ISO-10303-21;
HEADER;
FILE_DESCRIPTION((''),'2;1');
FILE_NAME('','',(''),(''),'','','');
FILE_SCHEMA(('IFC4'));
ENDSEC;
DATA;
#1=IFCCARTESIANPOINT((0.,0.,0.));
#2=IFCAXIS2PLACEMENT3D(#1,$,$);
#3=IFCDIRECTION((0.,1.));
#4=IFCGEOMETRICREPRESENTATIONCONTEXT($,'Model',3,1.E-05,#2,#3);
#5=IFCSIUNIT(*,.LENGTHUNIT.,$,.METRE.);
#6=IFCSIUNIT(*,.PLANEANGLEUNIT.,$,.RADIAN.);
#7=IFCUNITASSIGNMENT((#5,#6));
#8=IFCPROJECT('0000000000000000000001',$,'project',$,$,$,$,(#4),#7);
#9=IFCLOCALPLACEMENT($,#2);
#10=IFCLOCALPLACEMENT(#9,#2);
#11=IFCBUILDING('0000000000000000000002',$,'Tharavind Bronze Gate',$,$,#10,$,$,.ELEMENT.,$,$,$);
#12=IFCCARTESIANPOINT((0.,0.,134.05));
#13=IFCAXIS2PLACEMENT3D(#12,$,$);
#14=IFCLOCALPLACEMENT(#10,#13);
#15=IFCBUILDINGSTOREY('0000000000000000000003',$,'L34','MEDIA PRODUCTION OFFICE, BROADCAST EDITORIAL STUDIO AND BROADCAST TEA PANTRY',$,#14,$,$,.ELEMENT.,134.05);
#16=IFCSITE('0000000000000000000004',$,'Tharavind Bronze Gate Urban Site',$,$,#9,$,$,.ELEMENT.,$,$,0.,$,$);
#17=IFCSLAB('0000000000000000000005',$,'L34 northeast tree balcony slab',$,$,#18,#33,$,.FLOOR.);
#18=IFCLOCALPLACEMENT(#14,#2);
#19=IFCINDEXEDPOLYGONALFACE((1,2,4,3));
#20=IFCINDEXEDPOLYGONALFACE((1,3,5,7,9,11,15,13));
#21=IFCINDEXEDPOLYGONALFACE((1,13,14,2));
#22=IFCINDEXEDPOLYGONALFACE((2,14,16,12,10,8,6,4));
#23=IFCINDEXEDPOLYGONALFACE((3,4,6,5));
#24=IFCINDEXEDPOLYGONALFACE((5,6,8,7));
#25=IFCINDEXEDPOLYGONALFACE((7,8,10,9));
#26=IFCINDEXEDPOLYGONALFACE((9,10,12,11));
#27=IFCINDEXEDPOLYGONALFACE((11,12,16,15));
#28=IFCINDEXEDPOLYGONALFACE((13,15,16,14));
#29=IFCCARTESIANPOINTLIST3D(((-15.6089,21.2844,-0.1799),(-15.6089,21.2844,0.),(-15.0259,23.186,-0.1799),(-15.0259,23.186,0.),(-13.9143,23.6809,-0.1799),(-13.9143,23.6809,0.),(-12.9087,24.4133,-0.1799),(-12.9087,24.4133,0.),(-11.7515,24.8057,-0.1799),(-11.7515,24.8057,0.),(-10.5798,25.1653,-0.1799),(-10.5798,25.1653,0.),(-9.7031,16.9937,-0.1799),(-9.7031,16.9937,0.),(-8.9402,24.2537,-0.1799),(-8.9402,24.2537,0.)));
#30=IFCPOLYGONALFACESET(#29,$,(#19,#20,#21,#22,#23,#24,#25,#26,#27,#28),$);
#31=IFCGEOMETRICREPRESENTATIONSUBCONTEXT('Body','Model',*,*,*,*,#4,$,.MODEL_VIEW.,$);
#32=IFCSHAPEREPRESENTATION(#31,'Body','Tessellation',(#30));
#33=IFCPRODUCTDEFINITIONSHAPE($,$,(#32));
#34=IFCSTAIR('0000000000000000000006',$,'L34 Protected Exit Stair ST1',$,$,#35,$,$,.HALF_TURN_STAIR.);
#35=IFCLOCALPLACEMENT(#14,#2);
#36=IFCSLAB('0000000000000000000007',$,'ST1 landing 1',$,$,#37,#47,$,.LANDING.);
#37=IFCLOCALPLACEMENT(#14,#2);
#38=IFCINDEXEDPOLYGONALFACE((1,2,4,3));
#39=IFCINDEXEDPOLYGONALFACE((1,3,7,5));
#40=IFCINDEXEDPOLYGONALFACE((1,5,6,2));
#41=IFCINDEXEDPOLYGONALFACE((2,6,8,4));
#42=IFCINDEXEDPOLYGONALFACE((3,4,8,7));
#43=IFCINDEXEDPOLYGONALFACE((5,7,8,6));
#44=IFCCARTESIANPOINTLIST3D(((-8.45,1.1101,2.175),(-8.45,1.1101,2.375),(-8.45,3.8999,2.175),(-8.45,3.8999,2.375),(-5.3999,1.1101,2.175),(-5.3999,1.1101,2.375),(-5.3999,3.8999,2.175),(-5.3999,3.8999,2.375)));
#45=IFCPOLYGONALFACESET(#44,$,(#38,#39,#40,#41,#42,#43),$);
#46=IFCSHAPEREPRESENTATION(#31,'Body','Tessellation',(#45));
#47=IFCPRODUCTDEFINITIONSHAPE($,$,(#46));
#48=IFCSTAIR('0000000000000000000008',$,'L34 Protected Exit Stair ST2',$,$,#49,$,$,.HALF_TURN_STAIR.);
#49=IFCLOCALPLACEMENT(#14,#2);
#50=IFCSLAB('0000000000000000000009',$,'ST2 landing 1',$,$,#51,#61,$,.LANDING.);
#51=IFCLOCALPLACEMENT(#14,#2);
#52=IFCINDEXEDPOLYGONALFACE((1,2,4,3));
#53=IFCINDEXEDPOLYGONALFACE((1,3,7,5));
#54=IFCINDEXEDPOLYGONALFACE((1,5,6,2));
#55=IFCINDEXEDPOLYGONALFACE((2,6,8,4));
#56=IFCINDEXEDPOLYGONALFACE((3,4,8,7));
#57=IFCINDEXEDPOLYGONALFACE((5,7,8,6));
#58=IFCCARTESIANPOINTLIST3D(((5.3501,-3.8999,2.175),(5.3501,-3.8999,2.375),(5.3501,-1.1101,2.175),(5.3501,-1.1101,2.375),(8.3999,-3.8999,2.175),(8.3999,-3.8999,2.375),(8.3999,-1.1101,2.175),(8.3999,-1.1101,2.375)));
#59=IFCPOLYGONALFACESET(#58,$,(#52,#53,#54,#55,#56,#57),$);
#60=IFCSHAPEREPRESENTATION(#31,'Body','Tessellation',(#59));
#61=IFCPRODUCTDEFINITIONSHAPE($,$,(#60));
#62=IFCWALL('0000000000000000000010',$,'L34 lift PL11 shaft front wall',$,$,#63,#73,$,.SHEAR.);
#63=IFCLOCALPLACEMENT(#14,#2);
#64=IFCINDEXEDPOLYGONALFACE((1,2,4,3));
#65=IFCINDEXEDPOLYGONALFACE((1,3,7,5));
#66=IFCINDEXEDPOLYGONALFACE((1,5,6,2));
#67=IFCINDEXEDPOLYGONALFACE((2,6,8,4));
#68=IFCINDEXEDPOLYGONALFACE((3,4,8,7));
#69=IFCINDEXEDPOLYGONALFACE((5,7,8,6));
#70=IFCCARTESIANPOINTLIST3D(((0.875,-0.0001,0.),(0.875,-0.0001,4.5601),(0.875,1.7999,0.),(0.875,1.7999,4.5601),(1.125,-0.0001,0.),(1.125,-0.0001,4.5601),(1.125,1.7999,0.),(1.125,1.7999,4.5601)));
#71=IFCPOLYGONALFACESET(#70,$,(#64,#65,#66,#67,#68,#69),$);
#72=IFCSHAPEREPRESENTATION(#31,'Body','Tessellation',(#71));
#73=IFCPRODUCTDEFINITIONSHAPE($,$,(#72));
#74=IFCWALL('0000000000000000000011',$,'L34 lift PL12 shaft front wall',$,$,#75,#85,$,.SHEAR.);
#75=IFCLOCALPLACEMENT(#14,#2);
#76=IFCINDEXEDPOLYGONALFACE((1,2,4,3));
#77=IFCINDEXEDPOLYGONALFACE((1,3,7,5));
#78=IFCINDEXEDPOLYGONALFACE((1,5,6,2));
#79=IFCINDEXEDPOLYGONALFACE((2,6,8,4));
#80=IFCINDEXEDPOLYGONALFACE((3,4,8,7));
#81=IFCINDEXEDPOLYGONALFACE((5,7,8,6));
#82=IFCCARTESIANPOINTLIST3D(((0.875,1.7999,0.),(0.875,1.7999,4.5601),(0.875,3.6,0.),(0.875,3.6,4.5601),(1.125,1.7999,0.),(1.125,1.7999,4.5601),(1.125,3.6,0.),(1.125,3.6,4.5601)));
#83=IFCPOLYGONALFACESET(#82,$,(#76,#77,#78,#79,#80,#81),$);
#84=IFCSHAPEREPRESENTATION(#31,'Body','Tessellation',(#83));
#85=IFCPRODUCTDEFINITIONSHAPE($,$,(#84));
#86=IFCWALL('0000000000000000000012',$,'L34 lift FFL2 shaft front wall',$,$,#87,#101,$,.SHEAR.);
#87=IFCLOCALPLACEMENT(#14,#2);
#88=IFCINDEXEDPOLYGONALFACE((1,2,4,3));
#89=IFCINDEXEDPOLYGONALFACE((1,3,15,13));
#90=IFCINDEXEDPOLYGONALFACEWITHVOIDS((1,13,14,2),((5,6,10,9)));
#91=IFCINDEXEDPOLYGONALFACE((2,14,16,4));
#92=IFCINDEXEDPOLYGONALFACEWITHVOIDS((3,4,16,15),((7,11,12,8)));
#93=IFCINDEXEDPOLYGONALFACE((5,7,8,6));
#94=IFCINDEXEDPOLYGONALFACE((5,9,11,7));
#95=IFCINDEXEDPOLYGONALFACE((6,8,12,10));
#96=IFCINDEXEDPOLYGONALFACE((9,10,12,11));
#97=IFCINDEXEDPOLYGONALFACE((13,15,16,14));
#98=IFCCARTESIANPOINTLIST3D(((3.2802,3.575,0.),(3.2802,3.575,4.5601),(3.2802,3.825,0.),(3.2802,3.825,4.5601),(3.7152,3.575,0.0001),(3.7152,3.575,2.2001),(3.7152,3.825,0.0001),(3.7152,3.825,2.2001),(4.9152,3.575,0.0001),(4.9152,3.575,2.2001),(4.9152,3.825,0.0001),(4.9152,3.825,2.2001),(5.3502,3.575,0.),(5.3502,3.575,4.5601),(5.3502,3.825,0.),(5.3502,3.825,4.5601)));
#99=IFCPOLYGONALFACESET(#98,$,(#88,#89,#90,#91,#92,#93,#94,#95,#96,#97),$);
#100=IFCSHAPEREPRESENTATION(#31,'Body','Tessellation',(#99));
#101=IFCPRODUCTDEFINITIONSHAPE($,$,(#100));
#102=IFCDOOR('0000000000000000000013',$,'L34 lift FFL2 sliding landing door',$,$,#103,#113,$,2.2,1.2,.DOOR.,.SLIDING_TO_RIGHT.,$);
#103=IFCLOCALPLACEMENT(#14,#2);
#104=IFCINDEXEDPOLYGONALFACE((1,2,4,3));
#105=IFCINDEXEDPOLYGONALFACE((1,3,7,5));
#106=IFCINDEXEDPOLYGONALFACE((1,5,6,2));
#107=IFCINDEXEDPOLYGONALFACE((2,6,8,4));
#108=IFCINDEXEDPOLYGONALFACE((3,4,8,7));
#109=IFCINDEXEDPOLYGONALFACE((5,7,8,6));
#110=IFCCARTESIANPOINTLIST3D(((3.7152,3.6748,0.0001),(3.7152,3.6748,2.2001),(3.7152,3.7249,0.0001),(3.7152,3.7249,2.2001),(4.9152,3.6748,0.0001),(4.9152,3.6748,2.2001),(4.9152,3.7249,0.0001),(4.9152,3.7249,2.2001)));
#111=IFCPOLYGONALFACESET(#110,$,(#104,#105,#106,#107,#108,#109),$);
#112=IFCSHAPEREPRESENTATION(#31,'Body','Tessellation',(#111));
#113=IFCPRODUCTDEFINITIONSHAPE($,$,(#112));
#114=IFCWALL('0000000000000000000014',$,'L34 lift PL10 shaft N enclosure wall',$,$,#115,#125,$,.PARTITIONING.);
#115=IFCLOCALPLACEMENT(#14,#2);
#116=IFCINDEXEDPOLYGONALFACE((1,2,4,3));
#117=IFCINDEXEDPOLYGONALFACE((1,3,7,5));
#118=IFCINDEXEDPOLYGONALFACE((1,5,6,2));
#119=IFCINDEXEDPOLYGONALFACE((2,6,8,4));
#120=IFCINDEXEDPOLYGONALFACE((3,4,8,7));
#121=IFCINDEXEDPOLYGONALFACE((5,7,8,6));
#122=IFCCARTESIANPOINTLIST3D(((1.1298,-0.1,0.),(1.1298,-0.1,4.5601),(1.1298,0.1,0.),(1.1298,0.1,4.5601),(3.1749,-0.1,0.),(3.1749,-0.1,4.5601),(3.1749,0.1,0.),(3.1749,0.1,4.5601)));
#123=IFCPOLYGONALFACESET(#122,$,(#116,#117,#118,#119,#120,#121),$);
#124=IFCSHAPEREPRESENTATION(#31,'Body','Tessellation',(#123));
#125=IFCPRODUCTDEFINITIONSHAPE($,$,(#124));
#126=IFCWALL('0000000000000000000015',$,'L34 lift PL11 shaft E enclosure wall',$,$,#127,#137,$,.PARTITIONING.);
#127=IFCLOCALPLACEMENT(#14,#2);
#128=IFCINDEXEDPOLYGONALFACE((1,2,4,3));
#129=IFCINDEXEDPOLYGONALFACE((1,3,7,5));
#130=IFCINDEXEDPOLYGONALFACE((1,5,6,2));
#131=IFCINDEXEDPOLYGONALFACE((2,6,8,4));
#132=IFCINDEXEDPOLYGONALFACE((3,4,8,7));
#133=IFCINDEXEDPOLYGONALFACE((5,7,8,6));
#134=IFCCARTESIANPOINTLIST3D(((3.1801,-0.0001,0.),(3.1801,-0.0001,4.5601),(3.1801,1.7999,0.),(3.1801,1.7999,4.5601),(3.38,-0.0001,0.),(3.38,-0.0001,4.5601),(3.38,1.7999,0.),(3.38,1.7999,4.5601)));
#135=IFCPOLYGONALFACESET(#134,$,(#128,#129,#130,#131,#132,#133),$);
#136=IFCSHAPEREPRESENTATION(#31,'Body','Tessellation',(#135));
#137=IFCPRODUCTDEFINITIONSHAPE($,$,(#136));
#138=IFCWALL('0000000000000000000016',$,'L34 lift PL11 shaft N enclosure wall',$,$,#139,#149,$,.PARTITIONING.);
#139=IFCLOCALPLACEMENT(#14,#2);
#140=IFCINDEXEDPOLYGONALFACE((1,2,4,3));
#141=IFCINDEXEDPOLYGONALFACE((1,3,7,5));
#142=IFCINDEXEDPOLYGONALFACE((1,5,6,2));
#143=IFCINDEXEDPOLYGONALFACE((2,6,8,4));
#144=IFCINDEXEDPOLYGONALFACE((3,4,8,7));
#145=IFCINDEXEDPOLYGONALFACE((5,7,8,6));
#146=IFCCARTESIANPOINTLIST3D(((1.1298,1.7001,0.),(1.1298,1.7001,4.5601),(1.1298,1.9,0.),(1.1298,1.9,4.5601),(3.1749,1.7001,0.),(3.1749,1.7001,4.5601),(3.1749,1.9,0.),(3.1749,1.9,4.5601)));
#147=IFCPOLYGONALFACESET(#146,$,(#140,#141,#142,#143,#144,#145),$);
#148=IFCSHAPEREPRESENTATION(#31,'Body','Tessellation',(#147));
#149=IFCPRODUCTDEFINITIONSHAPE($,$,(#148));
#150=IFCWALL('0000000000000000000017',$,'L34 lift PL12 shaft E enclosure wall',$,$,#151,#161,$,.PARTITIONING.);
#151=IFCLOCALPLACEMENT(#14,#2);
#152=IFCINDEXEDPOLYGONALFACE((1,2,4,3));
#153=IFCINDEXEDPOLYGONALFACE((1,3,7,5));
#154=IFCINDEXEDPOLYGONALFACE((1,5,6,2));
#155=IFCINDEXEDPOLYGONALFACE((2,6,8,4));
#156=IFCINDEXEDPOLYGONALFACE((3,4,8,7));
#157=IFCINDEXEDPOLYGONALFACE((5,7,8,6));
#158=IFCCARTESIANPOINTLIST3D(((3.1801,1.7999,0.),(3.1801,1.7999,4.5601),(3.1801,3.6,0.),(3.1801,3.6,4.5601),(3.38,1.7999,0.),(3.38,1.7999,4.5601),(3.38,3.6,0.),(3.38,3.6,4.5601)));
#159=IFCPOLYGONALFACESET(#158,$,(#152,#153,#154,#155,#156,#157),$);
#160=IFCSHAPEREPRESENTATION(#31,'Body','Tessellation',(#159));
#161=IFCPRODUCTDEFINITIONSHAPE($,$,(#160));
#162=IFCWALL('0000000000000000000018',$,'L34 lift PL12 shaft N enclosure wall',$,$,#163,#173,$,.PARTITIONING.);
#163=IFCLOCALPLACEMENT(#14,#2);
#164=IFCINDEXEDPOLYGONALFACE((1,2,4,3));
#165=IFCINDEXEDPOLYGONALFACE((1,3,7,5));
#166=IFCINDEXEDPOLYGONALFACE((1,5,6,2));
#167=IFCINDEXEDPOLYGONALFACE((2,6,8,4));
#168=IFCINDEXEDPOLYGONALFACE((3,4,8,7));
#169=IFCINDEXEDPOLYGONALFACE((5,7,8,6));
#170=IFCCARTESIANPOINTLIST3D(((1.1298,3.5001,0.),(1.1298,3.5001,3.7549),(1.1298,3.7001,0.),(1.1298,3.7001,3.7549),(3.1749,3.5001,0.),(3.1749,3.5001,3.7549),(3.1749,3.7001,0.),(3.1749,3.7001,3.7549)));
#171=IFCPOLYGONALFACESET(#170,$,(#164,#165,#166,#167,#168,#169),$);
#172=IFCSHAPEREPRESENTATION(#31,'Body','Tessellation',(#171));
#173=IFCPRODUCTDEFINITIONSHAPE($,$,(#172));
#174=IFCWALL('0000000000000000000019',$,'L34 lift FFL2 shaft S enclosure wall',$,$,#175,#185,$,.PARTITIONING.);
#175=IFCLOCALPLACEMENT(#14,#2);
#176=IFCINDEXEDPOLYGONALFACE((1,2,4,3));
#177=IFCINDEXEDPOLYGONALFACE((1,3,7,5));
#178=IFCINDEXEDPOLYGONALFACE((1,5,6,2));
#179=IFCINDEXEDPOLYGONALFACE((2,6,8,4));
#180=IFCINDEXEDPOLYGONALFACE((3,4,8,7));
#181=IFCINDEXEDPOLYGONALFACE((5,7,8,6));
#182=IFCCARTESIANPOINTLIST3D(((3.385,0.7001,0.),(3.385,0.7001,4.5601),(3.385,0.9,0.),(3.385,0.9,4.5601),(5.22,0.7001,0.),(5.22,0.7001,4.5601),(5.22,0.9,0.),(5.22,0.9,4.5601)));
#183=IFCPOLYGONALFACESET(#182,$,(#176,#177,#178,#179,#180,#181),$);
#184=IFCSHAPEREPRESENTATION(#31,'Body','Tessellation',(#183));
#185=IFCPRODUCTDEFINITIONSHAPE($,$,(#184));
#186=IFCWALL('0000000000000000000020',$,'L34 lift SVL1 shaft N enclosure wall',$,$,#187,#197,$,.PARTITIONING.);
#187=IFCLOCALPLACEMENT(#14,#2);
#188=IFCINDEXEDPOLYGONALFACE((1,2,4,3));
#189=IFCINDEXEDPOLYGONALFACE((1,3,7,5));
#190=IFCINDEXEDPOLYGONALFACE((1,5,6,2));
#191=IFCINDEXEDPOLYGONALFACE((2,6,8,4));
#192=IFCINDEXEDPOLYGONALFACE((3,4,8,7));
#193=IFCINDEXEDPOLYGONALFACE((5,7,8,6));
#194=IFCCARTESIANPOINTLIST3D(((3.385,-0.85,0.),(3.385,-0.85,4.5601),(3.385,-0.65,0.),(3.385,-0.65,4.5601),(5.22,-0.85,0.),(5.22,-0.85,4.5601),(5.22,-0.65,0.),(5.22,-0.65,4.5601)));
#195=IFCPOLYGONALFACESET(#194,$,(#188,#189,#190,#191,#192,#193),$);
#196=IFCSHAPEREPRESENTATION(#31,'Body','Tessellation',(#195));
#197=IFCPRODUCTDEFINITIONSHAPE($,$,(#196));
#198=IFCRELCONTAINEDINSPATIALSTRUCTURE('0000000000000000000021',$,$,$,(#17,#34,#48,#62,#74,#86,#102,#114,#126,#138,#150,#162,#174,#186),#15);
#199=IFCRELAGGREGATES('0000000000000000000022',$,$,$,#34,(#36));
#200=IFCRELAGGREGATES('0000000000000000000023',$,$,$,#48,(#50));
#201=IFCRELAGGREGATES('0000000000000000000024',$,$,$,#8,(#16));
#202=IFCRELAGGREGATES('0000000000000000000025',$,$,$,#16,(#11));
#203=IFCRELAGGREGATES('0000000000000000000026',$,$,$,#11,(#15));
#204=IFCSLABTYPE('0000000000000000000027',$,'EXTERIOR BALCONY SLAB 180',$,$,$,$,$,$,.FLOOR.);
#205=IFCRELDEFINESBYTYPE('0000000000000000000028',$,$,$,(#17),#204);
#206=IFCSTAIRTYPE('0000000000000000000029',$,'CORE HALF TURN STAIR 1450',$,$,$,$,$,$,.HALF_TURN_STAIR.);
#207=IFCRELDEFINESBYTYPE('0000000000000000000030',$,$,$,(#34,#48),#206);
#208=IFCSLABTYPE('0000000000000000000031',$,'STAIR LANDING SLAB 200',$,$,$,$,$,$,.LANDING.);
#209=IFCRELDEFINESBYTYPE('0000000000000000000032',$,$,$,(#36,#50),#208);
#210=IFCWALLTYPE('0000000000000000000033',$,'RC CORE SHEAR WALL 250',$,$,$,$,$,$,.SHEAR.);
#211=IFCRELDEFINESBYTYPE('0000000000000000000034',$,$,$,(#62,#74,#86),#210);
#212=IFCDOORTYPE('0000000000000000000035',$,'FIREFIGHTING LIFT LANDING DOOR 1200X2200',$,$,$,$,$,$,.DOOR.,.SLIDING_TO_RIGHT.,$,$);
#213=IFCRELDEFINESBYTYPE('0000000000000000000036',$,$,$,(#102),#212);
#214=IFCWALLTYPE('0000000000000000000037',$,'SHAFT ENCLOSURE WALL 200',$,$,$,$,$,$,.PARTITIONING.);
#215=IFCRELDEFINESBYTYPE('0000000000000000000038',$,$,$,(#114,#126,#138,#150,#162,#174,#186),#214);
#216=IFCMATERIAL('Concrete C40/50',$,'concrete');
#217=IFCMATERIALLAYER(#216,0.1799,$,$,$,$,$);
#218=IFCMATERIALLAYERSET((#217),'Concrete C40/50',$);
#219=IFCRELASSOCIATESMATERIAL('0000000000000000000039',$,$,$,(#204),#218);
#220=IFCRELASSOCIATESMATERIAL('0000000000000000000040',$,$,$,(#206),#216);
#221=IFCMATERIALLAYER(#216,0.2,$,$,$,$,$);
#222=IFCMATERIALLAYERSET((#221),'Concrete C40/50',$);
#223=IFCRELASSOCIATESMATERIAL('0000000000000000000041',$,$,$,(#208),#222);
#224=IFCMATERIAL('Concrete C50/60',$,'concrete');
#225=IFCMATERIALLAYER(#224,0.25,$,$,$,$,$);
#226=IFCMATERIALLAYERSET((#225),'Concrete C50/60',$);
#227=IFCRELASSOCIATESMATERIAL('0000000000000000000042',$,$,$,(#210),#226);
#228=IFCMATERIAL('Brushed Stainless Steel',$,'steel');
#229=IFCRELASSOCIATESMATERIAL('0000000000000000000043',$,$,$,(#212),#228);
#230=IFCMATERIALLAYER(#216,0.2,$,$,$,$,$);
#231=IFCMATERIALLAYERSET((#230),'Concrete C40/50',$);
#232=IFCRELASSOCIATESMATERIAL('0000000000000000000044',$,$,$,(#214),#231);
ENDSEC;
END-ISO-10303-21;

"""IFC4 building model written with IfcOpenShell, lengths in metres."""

from ifc_helpers import new_model, si_unit, direction, frame, frame_2d, origin, place, context, subcontext, project, spatial, polyline, rectangle, outline, extrude, material, layer, layer_set, type_object, element, fill, aggregate, save


model = new_model("IFC4")

# Units and contexts
model_context = context("Model", 3, precision=1e-05, world=origin(), true_north=direction((0.0, 1.0)))
body_context = subcontext(model_context, "Body", "Model", "MODEL_VIEW")
ifc_project = project(units=[si_unit("LENGTHUNIT", "METRE"), si_unit("PLANEANGLEUNIT", "RADIAN")], contexts=[model_context])

# Site, building, storey
site_placement = place(None, origin())
site = spatial("IfcSite", under=ifc_project, at=site_placement, Name="Tharavind Bronze Gate Urban Site", CompositionType="ELEMENT", RefElevation=0.0)
building_placement = place(site_placement, origin())
building = spatial("IfcBuilding", under=site, at=building_placement, Name="Tharavind Bronze Gate", CompositionType="ELEMENT")
storey_placement = place(building_placement, frame((0.0, 0.0, 134.05)))
storey = spatial("IfcBuildingStorey", under=building, at=storey_placement, Name="L34", Description="MEDIA PRODUCTION OFFICE, BROADCAST EDITORIAL STUDIO AND BROADCAST TEA PANTRY", CompositionType="ELEMENT", Elevation=134.05)

# Slab
ifc_material_1 = material(Name="Concrete C40/50", Category="concrete")
ifc_layer_1 = layer(ifc_material_1, 0.1799)
ifc_layer_set_1 = layer_set([ifc_layer_1], Name="Concrete C40/50")
slab_type_1 = type_object("IfcSlabType", Name="EXTERIOR BALCONY SLAB 180", PredefinedType="FLOOR", material=ifc_layer_set_1)
slab_1_placement = place(storey_placement, frame((0.0, 0.0, -0.1799)))
element("IfcSlab", 1, at=slab_1_placement, inside=storey, type_object=slab_type_1, Name="L34 northeast tree balcony slab", PredefinedType="FLOOR", context=body_context, shape_type="SweptSolid", body=[
    extrude(outline(polyline([(-10.5798, 25.1653), (-11.7515, 24.8057), (-12.9087, 24.4133), (-13.9143, 23.6809), (-15.0259, 23.186), (-15.6089, 21.2844), (-9.7031, 16.9937), (-8.9402, 24.2537), (-10.5798, 25.1653)])), origin(), (0.0, 0.0, 1.0), 0.1799),
])

# Stairs, slabs
stair_type = type_object("IfcStairType", Name="CORE HALF TURN STAIR 1450", PredefinedType="HALF_TURN_STAIR", material=ifc_material_1)
stair_1_placement = place(storey_placement, origin())
stair_1 = element("IfcStair", 2, at=stair_1_placement, inside=storey, type_object=stair_type, Name="L34 Protected Exit Stair ST1", PredefinedType="HALF_TURN_STAIR")
ifc_layer_2 = layer(ifc_material_1, 0.2)
ifc_layer_set_2 = layer_set([ifc_layer_2], Name="Concrete C40/50")
slab_type_2 = type_object("IfcSlabType", Name="STAIR LANDING SLAB 200", PredefinedType="LANDING", material=ifc_layer_set_2)
slab_2_placement = place(storey_placement, frame((0.0, 0.0, 2.175)))
slab_2 = element("IfcSlab", 3, at=slab_2_placement, type_object=slab_type_2, Name="ST1 landing 1", PredefinedType="LANDING", context=body_context, shape_type="SweptSolid", body=[
    extrude(outline(polyline([(-5.3999, 1.1101), (-5.3999, 3.8999), (-8.45, 3.8999), (-8.45, 1.1101), (-5.3999, 1.1101)])), origin(), (0.0, 0.0, 1.0), 0.2),
])
aggregate(stair_1, [slab_2])
stair_2_placement = place(storey_placement, origin())
stair_2 = element("IfcStair", 4, at=stair_2_placement, inside=storey, type_object=stair_type, Name="L34 Protected Exit Stair ST2", PredefinedType="HALF_TURN_STAIR")
slab_3_placement = place(storey_placement, frame((0.0, 0.0, 2.175)))
slab_3 = element("IfcSlab", 5, at=slab_3_placement, type_object=slab_type_2, Name="ST2 landing 1", PredefinedType="LANDING", context=body_context, shape_type="SweptSolid", body=[
    extrude(outline(polyline([(5.3501, -1.1101), (5.3501, -3.8999), (8.3999, -3.8999), (8.3999, -1.1101), (5.3501, -1.1101)])), origin(), (0.0, 0.0, 1.0), 0.2),
])
aggregate(stair_2, [slab_3])

# Walls
ifc_material_2 = material(Name="Concrete C50/60", Category="concrete")
ifc_layer_3 = layer(ifc_material_2, 0.25)
ifc_layer_set_3 = layer_set([ifc_layer_3], Name="Concrete C50/60")
wall_type_1 = type_object("IfcWallType", Name="RC CORE SHEAR WALL 250", PredefinedType="SHEAR", material=ifc_layer_set_3)
for number, where, z_axis, x_axis, name in (
    (6, (1.0, 0.0, 0.0), (0.0, 0.0, 1.0), (0.0, 1.0, 0.0), "L34 lift PL11 shaft front wall"),
    (7, (1.0, 1.8, 0.0), (0.0, 0.0, 1.0), (0.0, 1.0, 0.0), "L34 lift PL12 shaft front wall"),
):
    element("IfcWall", number, at=place(storey_placement, frame(where, z_axis=z_axis, x_axis=x_axis)), inside=storey, type_object=wall_type_1, Name=name, PredefinedType="SHEAR", context=body_context, shape_type="SweptSolid", body=[
        extrude(rectangle(XDim=1.8, YDim=0.25, at=frame_2d((0.8999, 0.0))), origin(), (0.0, 0.0, 1.0), 4.5601),
    ])

# Wall, opening, door
wall_1_placement = place(storey_placement, frame((3.28, 3.7, 0.0), z_axis=(0.0, 0.0, 1.0), x_axis=(1.0, 0.0, 0.0)))
wall_1 = element("IfcWall", 8, at=wall_1_placement, inside=storey, type_object=wall_type_1, Name="L34 lift FFL2 shaft front wall", PredefinedType="SHEAR", context=body_context, shape_type="SweptSolid", body=[
    extrude(rectangle(XDim=2.0701, YDim=0.25, at=frame_2d((1.0352, 0.0))), origin(), (0.0, 0.0, 1.0), 4.5601),
])
opening_placement = place(wall_1_placement, frame((0.4351, 0.0, 0.0)))
opening = element("IfcOpeningElement", 9, at=opening_placement, cuts=wall_1, PredefinedType="OPENING", context=body_context, shape_type="SweptSolid", body=[
    extrude(rectangle(XDim=1.2, YDim=2.2, at=frame_2d((0.6001, 1.1001))), frame((0.0, 0.135, 0.0), z_axis=(0.0, -1.0, 0.0), x_axis=(1.0, 0.0, 0.0)), (0.0, 0.0, 1.0), 0.27),
])
ifc_material_3 = material(Name="Brushed Stainless Steel", Category="steel")
door_type = type_object("IfcDoorType", Name="FIREFIGHTING LIFT LANDING DOOR 1200X2200", OperationType="SLIDING_TO_RIGHT", PredefinedType="DOOR", material=ifc_material_3)
door_placement = place(opening_placement, origin())
door = element("IfcDoor", 10, at=door_placement, inside=storey, type_object=door_type, Name="L34 lift FFL2 sliding landing door", OperationType="SLIDING_TO_RIGHT", OverallHeight=2.2, OverallWidth=1.2, PredefinedType="DOOR", context=body_context, shape_type="SweptSolid", body=[
    extrude(rectangle(XDim=1.2, YDim=2.2, at=frame_2d((0.6001, 1.1001))), frame((0.0, 0.0249, 0.0), z_axis=(0.0, -1.0, 0.0), x_axis=(1.0, 0.0, 0.0)), (0.0, 0.0, 1.0), 0.05),
])
fill(opening, door)

# Walls
ifc_layer_4 = layer(ifc_material_1, 0.2)
ifc_layer_set_4 = layer_set([ifc_layer_4], Name="Concrete C40/50")
wall_type_2 = type_object("IfcWallType", Name="SHAFT ENCLOSURE WALL 200", PredefinedType="PARTITIONING", material=ifc_layer_set_4)
wall_2_placement = place(storey_placement, frame((1.1299, 0.0, 0.0), z_axis=(0.0, 0.0, 1.0), x_axis=(1.0, 0.0, 0.0)))
element("IfcWall", 11, at=wall_2_placement, inside=storey, type_object=wall_type_2, Name="L34 lift PL10 shaft N enclosure wall", PredefinedType="PARTITIONING", context=body_context, shape_type="SweptSolid", body=[
    extrude(rectangle(XDim=2.0452, YDim=0.2, at=frame_2d((1.0225, 0.0))), origin(), (0.0, 0.0, 1.0), 4.5601),
])
wall_3_placement = place(storey_placement, frame((3.28, 0.0, 0.0), z_axis=(0.0, 0.0, 1.0), x_axis=(0.0, 1.0, 0.0)))
element("IfcWall", 12, at=wall_3_placement, inside=storey, type_object=wall_type_2, Name="L34 lift PL11 shaft E enclosure wall", PredefinedType="PARTITIONING", context=body_context, shape_type="SweptSolid", body=[
    extrude(rectangle(XDim=1.8, YDim=0.2, at=frame_2d((0.8999, 0.0))), origin(), (0.0, 0.0, 1.0), 4.5601),
])
wall_4_placement = place(storey_placement, frame((1.1299, 1.8, 0.0), z_axis=(0.0, 0.0, 1.0), x_axis=(1.0, 0.0, 0.0)))
element("IfcWall", 13, at=wall_4_placement, inside=storey, type_object=wall_type_2, Name="L34 lift PL11 shaft N enclosure wall", PredefinedType="PARTITIONING", context=body_context, shape_type="SweptSolid", body=[
    extrude(rectangle(XDim=2.0452, YDim=0.2, at=frame_2d((1.0225, 0.0))), origin(), (0.0, 0.0, 1.0), 4.5601),
])
wall_5_placement = place(storey_placement, frame((3.28, 1.8, 0.0), z_axis=(0.0, 0.0, 1.0), x_axis=(0.0, 1.0, 0.0)))
element("IfcWall", 14, at=wall_5_placement, inside=storey, type_object=wall_type_2, Name="L34 lift PL12 shaft E enclosure wall", PredefinedType="PARTITIONING", context=body_context, shape_type="SweptSolid", body=[
    extrude(rectangle(XDim=1.8, YDim=0.2, at=frame_2d((0.8999, 0.0))), origin(), (0.0, 0.0, 1.0), 4.5601),
])
wall_6_placement = place(storey_placement, frame((1.1299, 3.6001, 0.0), z_axis=(0.0, 0.0, 1.0), x_axis=(1.0, 0.0, 0.0)))
element("IfcWall", 15, at=wall_6_placement, inside=storey, type_object=wall_type_2, Name="L34 lift PL12 shaft N enclosure wall", PredefinedType="PARTITIONING", context=body_context, shape_type="SweptSolid", body=[
    extrude(rectangle(XDim=2.0452, YDim=0.2, at=frame_2d((1.0225, 0.0))), origin(), (0.0, 0.0, 1.0), 3.7549),
])
for number, where, z_axis, x_axis, name in (
    (16, (3.385, 0.8, 0.0), (0.0, 0.0, 1.0), (1.0, 0.0, 0.0), "L34 lift FFL2 shaft S enclosure wall"),
    (17, (3.385, -0.75, 0.0), (0.0, 0.0, 1.0), (1.0, 0.0, 0.0), "L34 lift SVL1 shaft N enclosure wall"),
):
    element("IfcWall", number, at=place(storey_placement, frame(where, z_axis=z_axis, x_axis=x_axis)), inside=storey, type_object=wall_type_2, Name=name, PredefinedType="PARTITIONING", context=body_context, shape_type="SweptSolid", body=[
        extrude(rectangle(XDim=1.835, YDim=0.2, at=frame_2d((0.9175, 0.0))), origin(), (0.0, 0.0, 1.0), 4.5601),
    ])

save(model, "model.ifc")
